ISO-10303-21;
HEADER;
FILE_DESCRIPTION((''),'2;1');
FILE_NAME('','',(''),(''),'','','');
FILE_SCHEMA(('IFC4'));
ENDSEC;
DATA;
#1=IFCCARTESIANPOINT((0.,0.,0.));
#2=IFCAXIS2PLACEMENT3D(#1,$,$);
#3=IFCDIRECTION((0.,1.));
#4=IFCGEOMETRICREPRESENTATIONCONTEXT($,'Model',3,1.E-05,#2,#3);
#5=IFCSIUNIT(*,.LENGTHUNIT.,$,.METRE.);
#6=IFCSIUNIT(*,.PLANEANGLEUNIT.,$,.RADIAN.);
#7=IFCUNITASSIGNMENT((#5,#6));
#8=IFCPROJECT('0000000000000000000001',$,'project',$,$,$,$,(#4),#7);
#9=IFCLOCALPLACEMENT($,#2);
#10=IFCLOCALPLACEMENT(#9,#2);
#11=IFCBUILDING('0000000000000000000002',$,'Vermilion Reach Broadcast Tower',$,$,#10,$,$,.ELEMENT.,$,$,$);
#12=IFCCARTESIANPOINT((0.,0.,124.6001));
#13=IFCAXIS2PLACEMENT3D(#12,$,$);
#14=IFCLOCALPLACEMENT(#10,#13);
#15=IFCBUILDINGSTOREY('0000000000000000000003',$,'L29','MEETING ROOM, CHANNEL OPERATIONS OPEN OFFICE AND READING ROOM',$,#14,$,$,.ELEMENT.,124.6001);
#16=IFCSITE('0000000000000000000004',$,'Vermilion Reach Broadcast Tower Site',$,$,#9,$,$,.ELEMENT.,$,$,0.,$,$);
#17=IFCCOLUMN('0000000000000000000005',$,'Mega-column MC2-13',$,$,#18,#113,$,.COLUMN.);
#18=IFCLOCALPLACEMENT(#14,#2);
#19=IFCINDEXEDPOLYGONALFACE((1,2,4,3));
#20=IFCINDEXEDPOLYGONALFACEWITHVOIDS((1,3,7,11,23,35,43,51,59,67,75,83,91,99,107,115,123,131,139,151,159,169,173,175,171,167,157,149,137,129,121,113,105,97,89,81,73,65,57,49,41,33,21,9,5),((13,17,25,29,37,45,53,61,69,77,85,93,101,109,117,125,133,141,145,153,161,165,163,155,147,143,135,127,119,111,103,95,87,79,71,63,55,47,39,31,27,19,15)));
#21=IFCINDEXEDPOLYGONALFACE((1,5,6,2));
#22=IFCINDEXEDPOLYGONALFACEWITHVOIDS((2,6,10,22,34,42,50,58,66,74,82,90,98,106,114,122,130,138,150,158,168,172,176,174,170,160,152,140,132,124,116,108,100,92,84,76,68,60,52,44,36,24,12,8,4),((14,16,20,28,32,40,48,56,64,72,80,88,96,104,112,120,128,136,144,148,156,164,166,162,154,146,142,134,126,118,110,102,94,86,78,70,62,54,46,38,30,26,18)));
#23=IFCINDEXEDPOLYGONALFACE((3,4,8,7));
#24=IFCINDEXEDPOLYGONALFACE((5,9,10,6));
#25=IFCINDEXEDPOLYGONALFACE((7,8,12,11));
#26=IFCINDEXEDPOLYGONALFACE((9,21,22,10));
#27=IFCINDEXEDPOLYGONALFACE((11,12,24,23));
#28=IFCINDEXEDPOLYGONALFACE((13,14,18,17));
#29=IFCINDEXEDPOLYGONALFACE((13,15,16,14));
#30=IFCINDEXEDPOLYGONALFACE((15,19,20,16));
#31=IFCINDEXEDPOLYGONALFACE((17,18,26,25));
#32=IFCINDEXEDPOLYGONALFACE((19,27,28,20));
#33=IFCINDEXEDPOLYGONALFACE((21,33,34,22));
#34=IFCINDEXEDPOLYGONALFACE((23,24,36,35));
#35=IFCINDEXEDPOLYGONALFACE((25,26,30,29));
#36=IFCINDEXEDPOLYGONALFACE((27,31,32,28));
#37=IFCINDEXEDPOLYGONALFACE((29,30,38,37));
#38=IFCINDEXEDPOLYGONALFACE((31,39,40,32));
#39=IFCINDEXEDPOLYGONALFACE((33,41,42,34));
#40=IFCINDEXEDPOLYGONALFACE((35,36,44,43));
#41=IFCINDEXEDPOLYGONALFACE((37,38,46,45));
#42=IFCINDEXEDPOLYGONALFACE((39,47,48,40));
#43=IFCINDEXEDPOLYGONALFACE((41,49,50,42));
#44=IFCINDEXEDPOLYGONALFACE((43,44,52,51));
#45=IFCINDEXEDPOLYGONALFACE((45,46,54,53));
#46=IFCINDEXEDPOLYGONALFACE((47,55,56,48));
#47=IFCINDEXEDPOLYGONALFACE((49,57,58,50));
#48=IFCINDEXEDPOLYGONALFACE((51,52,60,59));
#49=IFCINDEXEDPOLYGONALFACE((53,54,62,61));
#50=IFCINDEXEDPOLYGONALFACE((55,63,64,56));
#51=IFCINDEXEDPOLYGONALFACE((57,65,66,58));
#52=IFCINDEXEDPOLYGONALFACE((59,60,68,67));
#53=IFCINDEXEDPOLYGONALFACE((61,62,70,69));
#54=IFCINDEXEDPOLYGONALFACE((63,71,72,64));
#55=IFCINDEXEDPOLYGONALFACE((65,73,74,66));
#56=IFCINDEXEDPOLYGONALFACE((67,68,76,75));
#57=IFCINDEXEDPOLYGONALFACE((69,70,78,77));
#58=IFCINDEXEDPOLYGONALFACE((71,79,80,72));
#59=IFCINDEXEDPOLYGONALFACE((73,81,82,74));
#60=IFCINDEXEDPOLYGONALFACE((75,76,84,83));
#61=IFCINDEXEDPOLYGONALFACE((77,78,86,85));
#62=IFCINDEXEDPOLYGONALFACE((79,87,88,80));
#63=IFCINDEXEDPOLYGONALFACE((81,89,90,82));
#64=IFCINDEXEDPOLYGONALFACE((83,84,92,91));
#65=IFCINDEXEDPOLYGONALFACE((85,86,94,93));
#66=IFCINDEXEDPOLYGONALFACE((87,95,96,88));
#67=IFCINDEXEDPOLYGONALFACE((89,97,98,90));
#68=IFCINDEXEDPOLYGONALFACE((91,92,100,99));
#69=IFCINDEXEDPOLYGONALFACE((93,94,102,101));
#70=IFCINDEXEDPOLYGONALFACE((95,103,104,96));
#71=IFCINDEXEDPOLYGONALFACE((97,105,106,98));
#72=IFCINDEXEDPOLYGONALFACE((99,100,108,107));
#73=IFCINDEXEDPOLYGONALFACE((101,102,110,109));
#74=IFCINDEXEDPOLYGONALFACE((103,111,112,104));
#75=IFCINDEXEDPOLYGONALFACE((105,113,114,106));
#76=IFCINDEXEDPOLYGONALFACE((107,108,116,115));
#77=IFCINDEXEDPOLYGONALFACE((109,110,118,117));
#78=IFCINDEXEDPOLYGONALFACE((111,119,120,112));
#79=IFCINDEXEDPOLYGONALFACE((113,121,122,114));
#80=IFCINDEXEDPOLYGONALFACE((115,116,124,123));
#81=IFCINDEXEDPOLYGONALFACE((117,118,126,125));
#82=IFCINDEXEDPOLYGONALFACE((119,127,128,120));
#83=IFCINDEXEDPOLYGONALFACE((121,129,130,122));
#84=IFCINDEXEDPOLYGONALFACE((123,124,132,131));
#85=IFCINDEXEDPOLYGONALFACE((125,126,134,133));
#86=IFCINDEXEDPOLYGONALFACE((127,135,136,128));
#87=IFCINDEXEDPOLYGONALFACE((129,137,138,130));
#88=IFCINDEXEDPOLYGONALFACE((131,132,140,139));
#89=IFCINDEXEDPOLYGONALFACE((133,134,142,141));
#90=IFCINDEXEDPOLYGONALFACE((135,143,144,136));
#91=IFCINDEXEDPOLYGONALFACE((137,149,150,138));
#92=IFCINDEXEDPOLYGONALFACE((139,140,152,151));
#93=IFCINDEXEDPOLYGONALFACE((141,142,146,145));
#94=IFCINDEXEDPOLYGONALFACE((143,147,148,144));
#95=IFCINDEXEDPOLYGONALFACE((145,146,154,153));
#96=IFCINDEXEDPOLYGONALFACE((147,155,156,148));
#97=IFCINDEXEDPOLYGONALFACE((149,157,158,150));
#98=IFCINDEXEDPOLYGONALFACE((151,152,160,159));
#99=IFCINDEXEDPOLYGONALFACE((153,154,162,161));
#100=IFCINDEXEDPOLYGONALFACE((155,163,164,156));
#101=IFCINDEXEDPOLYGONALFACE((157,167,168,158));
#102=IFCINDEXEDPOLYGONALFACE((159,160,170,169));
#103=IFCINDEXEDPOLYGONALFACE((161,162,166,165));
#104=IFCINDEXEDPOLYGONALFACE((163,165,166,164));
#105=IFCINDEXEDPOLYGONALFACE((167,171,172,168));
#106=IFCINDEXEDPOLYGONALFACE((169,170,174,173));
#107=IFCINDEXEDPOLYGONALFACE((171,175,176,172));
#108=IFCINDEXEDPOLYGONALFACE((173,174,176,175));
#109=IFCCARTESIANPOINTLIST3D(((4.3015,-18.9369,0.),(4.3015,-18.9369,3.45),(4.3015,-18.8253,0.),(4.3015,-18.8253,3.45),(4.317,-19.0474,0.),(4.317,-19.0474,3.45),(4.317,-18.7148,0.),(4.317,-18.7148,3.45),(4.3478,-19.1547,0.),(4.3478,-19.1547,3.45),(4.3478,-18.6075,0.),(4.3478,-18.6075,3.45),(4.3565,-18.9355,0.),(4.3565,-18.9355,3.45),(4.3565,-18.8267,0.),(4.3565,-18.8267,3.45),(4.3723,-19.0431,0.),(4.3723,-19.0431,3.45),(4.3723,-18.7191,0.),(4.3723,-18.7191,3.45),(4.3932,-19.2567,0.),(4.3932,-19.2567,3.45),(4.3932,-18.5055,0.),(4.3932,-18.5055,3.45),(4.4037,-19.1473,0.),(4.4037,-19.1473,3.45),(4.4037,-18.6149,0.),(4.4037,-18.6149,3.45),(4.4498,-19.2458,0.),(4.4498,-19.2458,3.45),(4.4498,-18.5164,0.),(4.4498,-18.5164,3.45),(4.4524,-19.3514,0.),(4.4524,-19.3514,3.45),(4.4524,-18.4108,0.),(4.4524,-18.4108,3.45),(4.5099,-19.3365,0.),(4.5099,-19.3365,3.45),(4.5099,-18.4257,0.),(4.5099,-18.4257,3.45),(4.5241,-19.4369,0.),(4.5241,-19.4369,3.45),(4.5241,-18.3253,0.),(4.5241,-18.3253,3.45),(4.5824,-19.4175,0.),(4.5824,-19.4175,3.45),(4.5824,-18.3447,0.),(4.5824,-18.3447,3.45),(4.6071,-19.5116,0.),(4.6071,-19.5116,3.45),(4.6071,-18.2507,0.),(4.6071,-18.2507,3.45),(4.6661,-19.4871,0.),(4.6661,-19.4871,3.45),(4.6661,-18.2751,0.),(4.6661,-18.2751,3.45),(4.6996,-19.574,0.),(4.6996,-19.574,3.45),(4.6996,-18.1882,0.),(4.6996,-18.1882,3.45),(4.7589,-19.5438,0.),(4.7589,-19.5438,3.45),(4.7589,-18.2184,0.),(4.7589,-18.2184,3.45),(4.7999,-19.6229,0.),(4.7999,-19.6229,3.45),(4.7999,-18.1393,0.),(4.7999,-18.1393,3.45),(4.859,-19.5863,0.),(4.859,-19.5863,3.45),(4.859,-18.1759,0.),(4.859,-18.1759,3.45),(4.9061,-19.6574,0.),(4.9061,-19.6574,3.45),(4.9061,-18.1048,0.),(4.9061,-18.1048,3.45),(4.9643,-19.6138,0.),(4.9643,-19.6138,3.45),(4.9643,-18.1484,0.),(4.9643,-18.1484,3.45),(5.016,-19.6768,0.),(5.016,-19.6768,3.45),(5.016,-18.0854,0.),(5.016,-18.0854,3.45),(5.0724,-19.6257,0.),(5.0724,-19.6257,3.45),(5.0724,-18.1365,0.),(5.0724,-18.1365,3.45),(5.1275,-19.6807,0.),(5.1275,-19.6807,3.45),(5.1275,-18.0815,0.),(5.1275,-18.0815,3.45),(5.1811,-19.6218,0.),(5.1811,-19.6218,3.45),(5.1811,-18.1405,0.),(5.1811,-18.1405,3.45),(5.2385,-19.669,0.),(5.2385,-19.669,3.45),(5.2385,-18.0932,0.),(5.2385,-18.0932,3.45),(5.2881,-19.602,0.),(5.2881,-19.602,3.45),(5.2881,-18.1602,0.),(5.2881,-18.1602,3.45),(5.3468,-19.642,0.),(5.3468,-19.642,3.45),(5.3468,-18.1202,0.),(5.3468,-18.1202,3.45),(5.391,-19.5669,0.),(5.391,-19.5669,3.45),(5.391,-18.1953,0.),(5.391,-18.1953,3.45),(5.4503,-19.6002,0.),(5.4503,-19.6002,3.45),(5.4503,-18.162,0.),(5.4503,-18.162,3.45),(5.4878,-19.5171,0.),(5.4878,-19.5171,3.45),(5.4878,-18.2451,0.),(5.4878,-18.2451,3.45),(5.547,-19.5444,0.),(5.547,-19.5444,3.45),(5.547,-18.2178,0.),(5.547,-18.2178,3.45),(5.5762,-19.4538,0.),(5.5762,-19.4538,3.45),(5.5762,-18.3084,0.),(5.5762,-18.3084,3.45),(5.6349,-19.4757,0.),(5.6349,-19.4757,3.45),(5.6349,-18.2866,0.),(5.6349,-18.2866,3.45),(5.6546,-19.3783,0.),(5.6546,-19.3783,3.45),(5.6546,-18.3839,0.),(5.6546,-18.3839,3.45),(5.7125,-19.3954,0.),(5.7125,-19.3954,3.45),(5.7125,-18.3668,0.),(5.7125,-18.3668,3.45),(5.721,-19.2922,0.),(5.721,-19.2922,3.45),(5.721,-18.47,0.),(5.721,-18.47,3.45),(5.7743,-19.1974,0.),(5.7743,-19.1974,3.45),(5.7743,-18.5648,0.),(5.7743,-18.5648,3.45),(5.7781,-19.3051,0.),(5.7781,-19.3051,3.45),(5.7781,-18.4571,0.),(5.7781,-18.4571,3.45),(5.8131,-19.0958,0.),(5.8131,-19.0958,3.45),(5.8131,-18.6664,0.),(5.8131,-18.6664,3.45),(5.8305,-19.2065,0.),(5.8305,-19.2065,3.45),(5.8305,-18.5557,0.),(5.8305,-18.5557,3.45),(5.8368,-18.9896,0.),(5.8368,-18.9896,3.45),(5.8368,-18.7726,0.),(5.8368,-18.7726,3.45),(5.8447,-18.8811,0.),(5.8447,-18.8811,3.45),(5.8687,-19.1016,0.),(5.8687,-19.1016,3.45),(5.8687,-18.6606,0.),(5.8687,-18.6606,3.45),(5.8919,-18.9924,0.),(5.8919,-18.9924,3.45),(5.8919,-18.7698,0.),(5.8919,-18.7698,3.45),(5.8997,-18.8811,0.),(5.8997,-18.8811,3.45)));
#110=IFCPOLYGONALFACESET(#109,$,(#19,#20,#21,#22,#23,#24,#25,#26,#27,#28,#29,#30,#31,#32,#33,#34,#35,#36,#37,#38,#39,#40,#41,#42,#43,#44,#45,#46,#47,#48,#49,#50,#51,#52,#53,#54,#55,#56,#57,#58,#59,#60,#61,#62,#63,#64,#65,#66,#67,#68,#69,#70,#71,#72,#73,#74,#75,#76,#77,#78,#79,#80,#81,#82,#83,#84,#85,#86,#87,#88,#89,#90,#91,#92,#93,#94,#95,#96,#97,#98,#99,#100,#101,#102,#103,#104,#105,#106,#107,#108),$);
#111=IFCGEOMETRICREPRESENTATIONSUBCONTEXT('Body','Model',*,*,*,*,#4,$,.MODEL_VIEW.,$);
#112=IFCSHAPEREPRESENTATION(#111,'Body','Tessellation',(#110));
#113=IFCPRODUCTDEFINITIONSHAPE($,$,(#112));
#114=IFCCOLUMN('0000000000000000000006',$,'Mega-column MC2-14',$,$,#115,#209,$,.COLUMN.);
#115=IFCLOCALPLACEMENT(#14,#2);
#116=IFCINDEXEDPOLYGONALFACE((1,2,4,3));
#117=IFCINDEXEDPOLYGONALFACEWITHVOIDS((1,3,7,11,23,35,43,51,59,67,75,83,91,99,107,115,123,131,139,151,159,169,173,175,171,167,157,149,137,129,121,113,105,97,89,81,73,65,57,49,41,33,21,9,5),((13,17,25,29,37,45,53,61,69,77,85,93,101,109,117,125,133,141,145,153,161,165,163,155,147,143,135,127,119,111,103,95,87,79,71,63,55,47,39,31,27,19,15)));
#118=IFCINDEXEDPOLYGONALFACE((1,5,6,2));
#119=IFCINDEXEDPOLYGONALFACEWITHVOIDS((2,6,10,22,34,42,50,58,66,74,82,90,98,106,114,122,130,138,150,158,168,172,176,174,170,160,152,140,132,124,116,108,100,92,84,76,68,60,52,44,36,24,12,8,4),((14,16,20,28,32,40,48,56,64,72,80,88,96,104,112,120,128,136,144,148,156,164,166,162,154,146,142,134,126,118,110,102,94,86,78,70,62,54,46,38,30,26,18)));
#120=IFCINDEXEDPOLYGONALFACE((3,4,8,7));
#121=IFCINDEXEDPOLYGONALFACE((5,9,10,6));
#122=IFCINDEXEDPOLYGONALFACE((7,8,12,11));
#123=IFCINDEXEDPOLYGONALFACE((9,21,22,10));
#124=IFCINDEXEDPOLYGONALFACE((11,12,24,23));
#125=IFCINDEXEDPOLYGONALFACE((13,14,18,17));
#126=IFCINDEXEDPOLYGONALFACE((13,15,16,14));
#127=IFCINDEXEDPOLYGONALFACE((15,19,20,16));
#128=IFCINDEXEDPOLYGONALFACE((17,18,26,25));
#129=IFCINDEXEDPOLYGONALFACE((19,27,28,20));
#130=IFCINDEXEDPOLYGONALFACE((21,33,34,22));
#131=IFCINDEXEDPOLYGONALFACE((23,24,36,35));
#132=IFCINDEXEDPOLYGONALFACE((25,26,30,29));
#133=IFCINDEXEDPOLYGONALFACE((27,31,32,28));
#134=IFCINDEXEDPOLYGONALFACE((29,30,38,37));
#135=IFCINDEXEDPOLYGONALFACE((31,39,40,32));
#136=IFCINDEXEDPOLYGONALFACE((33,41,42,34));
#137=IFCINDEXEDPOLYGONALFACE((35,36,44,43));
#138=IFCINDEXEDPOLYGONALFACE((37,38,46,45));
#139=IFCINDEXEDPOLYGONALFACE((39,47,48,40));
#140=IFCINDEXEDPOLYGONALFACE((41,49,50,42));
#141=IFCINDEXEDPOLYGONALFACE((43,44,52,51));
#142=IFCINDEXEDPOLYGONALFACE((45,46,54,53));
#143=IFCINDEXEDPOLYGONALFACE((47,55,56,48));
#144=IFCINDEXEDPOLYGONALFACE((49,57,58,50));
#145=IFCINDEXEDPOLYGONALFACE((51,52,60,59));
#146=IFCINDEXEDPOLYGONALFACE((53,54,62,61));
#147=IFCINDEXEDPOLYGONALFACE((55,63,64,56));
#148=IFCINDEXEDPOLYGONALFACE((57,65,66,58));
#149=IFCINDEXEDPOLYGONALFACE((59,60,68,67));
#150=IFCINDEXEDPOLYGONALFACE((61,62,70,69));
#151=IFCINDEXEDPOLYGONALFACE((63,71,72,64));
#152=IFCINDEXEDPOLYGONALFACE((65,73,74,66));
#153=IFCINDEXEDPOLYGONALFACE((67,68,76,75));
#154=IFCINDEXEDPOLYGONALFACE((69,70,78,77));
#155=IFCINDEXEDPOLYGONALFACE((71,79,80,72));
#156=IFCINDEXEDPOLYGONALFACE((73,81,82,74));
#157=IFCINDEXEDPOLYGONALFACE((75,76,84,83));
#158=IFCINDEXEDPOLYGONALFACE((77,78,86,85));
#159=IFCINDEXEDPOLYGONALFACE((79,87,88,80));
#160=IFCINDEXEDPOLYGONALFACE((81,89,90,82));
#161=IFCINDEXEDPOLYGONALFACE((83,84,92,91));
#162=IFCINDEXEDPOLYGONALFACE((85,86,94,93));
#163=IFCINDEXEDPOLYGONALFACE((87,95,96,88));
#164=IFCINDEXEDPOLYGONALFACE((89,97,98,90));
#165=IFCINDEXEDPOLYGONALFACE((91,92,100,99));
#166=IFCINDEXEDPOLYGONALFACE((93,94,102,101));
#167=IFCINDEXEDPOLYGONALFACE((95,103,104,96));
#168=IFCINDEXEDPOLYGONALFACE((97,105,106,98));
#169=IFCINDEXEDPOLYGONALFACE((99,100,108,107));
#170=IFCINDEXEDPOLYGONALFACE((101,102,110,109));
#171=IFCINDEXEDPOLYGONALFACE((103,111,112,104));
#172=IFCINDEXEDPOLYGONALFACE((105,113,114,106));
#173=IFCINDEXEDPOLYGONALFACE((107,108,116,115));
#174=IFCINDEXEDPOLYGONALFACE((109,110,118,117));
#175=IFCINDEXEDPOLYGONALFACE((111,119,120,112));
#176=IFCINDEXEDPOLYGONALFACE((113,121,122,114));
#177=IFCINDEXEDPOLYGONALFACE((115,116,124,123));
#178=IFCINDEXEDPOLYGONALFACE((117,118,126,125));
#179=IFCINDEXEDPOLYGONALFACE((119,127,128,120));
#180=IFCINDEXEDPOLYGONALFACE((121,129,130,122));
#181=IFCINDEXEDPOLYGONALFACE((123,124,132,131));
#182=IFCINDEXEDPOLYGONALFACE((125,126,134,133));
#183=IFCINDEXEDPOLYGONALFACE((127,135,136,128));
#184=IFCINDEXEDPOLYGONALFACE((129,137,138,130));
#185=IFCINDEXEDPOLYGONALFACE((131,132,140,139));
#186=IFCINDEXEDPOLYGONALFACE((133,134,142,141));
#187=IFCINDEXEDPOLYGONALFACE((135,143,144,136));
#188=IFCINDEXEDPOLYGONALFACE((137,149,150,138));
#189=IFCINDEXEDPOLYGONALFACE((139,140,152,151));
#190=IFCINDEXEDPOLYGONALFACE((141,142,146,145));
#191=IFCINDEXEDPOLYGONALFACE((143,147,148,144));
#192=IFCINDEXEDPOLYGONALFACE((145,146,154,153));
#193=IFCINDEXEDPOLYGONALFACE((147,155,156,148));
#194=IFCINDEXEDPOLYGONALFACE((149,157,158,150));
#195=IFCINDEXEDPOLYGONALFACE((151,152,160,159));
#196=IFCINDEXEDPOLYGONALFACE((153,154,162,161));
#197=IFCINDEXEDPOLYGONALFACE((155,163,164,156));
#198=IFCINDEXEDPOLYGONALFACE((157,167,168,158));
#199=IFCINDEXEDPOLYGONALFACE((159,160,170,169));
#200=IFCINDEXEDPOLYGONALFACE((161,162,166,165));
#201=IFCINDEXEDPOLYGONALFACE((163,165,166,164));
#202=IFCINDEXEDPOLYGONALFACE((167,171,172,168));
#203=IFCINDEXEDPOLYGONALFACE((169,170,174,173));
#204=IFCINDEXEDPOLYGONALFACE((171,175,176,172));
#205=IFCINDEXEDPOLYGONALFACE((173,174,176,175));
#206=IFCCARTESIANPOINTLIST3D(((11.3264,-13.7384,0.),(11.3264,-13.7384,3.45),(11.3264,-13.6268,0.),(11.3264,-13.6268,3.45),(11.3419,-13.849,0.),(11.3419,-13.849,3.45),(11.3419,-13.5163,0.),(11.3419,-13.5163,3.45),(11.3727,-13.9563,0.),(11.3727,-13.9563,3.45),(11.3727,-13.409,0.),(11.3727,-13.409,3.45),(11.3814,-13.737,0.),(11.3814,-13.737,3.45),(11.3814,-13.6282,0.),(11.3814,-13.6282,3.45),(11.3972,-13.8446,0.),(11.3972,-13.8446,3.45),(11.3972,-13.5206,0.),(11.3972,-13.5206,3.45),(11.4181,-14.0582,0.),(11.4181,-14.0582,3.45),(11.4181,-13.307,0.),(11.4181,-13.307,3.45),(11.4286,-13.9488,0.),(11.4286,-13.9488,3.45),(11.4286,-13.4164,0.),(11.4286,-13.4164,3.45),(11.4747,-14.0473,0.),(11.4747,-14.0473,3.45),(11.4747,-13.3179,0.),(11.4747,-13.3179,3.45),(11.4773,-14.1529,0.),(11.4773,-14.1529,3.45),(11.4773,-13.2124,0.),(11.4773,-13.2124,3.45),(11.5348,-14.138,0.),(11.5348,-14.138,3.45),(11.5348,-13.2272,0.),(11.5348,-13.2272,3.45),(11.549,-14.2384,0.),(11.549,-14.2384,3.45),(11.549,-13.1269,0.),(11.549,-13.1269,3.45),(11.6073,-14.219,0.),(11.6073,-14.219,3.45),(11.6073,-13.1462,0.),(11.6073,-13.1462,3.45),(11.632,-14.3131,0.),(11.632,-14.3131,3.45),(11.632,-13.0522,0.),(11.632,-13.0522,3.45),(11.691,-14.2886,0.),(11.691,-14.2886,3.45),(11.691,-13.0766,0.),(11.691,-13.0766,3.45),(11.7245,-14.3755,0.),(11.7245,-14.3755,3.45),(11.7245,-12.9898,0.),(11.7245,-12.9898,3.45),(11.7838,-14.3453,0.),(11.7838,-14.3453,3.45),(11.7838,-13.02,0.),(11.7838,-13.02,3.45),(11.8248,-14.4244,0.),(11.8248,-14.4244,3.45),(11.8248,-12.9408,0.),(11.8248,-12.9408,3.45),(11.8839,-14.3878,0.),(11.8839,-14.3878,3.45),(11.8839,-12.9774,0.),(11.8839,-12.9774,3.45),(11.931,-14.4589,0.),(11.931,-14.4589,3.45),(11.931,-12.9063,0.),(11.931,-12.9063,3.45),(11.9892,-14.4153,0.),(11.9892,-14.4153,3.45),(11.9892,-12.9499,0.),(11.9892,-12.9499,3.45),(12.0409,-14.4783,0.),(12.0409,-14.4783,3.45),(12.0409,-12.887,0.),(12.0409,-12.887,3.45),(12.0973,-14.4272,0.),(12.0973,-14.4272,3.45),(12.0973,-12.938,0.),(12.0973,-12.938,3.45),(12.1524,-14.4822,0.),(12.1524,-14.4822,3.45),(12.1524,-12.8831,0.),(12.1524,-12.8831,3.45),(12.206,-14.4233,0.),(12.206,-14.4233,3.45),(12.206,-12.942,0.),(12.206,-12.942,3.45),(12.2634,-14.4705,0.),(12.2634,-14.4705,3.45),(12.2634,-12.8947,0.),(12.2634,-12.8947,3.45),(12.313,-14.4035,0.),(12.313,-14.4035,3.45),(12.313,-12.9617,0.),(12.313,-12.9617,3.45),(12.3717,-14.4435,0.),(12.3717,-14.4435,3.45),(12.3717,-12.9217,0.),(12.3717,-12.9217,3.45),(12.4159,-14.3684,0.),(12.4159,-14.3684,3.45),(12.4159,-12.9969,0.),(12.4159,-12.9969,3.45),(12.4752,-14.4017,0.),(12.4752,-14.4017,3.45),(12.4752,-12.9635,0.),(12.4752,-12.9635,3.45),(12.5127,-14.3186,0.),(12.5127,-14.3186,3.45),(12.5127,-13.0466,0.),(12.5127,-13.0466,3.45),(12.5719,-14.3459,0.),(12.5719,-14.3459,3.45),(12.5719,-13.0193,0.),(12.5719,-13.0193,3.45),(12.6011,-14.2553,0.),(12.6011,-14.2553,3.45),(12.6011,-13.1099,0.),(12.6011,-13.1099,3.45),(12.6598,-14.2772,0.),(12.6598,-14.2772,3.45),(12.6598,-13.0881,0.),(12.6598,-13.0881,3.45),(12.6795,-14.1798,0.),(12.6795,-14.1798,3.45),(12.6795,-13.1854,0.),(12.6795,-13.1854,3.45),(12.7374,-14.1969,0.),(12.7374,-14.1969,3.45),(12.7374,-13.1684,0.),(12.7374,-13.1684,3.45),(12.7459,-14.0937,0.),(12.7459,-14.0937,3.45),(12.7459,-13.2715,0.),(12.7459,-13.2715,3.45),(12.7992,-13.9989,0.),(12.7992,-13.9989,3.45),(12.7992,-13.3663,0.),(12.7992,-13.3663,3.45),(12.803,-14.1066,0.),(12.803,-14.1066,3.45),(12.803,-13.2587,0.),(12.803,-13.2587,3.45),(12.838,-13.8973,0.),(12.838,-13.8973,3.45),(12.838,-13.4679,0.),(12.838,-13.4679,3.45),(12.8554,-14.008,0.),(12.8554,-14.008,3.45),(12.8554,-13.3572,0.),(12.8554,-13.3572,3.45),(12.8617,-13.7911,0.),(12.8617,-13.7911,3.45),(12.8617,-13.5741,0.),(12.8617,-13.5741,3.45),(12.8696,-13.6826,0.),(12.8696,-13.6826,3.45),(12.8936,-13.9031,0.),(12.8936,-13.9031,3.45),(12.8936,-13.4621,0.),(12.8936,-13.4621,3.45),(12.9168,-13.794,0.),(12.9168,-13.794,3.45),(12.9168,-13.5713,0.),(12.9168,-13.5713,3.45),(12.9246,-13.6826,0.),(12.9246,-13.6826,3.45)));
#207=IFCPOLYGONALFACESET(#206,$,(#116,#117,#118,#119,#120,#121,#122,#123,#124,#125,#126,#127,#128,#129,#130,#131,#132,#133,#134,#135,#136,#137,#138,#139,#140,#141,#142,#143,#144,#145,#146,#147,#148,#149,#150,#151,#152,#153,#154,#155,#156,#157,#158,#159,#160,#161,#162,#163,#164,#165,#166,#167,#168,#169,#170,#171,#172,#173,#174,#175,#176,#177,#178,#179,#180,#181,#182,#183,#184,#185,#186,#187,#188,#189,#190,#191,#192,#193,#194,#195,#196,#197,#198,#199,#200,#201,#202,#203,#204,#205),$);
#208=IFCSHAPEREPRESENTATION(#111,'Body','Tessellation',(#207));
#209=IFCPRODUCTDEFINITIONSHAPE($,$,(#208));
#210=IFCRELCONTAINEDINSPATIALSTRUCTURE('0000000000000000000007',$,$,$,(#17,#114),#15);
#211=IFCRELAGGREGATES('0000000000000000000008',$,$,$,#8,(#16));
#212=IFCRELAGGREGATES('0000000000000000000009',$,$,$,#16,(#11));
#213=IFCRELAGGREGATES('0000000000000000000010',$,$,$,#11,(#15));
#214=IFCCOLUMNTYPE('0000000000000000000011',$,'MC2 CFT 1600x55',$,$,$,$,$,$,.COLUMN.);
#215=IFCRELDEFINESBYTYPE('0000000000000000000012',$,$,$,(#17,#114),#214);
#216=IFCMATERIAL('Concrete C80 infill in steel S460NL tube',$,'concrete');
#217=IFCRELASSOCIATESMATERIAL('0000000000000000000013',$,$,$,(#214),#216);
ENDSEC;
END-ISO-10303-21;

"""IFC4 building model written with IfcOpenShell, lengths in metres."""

from ifc_helpers import new_model, si_unit, direction, frame, origin, origin_2d, place, context, subcontext, project, spatial, hollow_circle, extrude, material, material_profile, profile_set, type_object, element, save


model = new_model("IFC4")

# Units and contexts
model_context = context("Model", 3, precision=1e-05, world=origin(), true_north=direction((0.0, 1.0)))
body_context = subcontext(model_context, "Body", "Model", "MODEL_VIEW")
ifc_project = project(units=[si_unit("LENGTHUNIT", "METRE"), si_unit("PLANEANGLEUNIT", "RADIAN")], contexts=[model_context])

# Site, building, storey
site_placement = place(None, origin())
site = spatial("IfcSite", under=ifc_project, at=site_placement, Name="Vermilion Reach Broadcast Tower Site", CompositionType="ELEMENT", RefElevation=0.0)
building_placement = place(site_placement, origin())
building = spatial("IfcBuilding", under=site, at=building_placement, Name="Vermilion Reach Broadcast Tower", CompositionType="ELEMENT")
storey_placement = place(building_placement, frame((0.0, 0.0, 124.6001)))
storey = spatial("IfcBuildingStorey", under=building, at=storey_placement, Name="L29", Description="MEETING ROOM, CHANNEL OPERATIONS OPEN OFFICE AND READING ROOM", CompositionType="ELEMENT", Elevation=124.6001)

# Columns
ifc_material_1 = material(Name="Concrete C80 infill in steel S460NL tube", Category="concrete")
ifc_material_profile_1 = material_profile(ifc_material_1, hollow_circle(Radius=0.8, WallThickness=0.0549, at=origin_2d()), Name="Concrete C80 infill in steel S460NL tube CFT 1600x55")
ifc_profile_set_1 = profile_set([ifc_material_profile_1], Name="Concrete C80 infill in steel S460NL tube")
column_type = type_object("IfcColumnType", Name="MC2 CFT 1600x55", PredefinedType="COLUMN", material=ifc_profile_set_1)
for number, where, z_axis, x_axis, name in (
    (1, (5.0996, -18.8811, 0.0), (0.0, 0.0, 1.0), (1.0, 0.0, 0.0), "Mega-column MC2-13"),
    (2, (12.1245, -13.6826, 0.0), (0.0, 0.0, 1.0), (1.0, 0.0, 0.0), "Mega-column MC2-14"),
):
    element("IfcColumn", number, at=place(storey_placement, frame(where, z_axis=z_axis, x_axis=x_axis)), inside=storey, type_object=column_type, Name=name, PredefinedType="COLUMN", context=body_context, shape_type="SweptSolid", body=[
        extrude(hollow_circle(Radius=0.8, WallThickness=0.0549, at=origin_2d()), origin(), (0.0, 0.0, 1.0), 3.45),
    ])

save(model, "model.ifc")
